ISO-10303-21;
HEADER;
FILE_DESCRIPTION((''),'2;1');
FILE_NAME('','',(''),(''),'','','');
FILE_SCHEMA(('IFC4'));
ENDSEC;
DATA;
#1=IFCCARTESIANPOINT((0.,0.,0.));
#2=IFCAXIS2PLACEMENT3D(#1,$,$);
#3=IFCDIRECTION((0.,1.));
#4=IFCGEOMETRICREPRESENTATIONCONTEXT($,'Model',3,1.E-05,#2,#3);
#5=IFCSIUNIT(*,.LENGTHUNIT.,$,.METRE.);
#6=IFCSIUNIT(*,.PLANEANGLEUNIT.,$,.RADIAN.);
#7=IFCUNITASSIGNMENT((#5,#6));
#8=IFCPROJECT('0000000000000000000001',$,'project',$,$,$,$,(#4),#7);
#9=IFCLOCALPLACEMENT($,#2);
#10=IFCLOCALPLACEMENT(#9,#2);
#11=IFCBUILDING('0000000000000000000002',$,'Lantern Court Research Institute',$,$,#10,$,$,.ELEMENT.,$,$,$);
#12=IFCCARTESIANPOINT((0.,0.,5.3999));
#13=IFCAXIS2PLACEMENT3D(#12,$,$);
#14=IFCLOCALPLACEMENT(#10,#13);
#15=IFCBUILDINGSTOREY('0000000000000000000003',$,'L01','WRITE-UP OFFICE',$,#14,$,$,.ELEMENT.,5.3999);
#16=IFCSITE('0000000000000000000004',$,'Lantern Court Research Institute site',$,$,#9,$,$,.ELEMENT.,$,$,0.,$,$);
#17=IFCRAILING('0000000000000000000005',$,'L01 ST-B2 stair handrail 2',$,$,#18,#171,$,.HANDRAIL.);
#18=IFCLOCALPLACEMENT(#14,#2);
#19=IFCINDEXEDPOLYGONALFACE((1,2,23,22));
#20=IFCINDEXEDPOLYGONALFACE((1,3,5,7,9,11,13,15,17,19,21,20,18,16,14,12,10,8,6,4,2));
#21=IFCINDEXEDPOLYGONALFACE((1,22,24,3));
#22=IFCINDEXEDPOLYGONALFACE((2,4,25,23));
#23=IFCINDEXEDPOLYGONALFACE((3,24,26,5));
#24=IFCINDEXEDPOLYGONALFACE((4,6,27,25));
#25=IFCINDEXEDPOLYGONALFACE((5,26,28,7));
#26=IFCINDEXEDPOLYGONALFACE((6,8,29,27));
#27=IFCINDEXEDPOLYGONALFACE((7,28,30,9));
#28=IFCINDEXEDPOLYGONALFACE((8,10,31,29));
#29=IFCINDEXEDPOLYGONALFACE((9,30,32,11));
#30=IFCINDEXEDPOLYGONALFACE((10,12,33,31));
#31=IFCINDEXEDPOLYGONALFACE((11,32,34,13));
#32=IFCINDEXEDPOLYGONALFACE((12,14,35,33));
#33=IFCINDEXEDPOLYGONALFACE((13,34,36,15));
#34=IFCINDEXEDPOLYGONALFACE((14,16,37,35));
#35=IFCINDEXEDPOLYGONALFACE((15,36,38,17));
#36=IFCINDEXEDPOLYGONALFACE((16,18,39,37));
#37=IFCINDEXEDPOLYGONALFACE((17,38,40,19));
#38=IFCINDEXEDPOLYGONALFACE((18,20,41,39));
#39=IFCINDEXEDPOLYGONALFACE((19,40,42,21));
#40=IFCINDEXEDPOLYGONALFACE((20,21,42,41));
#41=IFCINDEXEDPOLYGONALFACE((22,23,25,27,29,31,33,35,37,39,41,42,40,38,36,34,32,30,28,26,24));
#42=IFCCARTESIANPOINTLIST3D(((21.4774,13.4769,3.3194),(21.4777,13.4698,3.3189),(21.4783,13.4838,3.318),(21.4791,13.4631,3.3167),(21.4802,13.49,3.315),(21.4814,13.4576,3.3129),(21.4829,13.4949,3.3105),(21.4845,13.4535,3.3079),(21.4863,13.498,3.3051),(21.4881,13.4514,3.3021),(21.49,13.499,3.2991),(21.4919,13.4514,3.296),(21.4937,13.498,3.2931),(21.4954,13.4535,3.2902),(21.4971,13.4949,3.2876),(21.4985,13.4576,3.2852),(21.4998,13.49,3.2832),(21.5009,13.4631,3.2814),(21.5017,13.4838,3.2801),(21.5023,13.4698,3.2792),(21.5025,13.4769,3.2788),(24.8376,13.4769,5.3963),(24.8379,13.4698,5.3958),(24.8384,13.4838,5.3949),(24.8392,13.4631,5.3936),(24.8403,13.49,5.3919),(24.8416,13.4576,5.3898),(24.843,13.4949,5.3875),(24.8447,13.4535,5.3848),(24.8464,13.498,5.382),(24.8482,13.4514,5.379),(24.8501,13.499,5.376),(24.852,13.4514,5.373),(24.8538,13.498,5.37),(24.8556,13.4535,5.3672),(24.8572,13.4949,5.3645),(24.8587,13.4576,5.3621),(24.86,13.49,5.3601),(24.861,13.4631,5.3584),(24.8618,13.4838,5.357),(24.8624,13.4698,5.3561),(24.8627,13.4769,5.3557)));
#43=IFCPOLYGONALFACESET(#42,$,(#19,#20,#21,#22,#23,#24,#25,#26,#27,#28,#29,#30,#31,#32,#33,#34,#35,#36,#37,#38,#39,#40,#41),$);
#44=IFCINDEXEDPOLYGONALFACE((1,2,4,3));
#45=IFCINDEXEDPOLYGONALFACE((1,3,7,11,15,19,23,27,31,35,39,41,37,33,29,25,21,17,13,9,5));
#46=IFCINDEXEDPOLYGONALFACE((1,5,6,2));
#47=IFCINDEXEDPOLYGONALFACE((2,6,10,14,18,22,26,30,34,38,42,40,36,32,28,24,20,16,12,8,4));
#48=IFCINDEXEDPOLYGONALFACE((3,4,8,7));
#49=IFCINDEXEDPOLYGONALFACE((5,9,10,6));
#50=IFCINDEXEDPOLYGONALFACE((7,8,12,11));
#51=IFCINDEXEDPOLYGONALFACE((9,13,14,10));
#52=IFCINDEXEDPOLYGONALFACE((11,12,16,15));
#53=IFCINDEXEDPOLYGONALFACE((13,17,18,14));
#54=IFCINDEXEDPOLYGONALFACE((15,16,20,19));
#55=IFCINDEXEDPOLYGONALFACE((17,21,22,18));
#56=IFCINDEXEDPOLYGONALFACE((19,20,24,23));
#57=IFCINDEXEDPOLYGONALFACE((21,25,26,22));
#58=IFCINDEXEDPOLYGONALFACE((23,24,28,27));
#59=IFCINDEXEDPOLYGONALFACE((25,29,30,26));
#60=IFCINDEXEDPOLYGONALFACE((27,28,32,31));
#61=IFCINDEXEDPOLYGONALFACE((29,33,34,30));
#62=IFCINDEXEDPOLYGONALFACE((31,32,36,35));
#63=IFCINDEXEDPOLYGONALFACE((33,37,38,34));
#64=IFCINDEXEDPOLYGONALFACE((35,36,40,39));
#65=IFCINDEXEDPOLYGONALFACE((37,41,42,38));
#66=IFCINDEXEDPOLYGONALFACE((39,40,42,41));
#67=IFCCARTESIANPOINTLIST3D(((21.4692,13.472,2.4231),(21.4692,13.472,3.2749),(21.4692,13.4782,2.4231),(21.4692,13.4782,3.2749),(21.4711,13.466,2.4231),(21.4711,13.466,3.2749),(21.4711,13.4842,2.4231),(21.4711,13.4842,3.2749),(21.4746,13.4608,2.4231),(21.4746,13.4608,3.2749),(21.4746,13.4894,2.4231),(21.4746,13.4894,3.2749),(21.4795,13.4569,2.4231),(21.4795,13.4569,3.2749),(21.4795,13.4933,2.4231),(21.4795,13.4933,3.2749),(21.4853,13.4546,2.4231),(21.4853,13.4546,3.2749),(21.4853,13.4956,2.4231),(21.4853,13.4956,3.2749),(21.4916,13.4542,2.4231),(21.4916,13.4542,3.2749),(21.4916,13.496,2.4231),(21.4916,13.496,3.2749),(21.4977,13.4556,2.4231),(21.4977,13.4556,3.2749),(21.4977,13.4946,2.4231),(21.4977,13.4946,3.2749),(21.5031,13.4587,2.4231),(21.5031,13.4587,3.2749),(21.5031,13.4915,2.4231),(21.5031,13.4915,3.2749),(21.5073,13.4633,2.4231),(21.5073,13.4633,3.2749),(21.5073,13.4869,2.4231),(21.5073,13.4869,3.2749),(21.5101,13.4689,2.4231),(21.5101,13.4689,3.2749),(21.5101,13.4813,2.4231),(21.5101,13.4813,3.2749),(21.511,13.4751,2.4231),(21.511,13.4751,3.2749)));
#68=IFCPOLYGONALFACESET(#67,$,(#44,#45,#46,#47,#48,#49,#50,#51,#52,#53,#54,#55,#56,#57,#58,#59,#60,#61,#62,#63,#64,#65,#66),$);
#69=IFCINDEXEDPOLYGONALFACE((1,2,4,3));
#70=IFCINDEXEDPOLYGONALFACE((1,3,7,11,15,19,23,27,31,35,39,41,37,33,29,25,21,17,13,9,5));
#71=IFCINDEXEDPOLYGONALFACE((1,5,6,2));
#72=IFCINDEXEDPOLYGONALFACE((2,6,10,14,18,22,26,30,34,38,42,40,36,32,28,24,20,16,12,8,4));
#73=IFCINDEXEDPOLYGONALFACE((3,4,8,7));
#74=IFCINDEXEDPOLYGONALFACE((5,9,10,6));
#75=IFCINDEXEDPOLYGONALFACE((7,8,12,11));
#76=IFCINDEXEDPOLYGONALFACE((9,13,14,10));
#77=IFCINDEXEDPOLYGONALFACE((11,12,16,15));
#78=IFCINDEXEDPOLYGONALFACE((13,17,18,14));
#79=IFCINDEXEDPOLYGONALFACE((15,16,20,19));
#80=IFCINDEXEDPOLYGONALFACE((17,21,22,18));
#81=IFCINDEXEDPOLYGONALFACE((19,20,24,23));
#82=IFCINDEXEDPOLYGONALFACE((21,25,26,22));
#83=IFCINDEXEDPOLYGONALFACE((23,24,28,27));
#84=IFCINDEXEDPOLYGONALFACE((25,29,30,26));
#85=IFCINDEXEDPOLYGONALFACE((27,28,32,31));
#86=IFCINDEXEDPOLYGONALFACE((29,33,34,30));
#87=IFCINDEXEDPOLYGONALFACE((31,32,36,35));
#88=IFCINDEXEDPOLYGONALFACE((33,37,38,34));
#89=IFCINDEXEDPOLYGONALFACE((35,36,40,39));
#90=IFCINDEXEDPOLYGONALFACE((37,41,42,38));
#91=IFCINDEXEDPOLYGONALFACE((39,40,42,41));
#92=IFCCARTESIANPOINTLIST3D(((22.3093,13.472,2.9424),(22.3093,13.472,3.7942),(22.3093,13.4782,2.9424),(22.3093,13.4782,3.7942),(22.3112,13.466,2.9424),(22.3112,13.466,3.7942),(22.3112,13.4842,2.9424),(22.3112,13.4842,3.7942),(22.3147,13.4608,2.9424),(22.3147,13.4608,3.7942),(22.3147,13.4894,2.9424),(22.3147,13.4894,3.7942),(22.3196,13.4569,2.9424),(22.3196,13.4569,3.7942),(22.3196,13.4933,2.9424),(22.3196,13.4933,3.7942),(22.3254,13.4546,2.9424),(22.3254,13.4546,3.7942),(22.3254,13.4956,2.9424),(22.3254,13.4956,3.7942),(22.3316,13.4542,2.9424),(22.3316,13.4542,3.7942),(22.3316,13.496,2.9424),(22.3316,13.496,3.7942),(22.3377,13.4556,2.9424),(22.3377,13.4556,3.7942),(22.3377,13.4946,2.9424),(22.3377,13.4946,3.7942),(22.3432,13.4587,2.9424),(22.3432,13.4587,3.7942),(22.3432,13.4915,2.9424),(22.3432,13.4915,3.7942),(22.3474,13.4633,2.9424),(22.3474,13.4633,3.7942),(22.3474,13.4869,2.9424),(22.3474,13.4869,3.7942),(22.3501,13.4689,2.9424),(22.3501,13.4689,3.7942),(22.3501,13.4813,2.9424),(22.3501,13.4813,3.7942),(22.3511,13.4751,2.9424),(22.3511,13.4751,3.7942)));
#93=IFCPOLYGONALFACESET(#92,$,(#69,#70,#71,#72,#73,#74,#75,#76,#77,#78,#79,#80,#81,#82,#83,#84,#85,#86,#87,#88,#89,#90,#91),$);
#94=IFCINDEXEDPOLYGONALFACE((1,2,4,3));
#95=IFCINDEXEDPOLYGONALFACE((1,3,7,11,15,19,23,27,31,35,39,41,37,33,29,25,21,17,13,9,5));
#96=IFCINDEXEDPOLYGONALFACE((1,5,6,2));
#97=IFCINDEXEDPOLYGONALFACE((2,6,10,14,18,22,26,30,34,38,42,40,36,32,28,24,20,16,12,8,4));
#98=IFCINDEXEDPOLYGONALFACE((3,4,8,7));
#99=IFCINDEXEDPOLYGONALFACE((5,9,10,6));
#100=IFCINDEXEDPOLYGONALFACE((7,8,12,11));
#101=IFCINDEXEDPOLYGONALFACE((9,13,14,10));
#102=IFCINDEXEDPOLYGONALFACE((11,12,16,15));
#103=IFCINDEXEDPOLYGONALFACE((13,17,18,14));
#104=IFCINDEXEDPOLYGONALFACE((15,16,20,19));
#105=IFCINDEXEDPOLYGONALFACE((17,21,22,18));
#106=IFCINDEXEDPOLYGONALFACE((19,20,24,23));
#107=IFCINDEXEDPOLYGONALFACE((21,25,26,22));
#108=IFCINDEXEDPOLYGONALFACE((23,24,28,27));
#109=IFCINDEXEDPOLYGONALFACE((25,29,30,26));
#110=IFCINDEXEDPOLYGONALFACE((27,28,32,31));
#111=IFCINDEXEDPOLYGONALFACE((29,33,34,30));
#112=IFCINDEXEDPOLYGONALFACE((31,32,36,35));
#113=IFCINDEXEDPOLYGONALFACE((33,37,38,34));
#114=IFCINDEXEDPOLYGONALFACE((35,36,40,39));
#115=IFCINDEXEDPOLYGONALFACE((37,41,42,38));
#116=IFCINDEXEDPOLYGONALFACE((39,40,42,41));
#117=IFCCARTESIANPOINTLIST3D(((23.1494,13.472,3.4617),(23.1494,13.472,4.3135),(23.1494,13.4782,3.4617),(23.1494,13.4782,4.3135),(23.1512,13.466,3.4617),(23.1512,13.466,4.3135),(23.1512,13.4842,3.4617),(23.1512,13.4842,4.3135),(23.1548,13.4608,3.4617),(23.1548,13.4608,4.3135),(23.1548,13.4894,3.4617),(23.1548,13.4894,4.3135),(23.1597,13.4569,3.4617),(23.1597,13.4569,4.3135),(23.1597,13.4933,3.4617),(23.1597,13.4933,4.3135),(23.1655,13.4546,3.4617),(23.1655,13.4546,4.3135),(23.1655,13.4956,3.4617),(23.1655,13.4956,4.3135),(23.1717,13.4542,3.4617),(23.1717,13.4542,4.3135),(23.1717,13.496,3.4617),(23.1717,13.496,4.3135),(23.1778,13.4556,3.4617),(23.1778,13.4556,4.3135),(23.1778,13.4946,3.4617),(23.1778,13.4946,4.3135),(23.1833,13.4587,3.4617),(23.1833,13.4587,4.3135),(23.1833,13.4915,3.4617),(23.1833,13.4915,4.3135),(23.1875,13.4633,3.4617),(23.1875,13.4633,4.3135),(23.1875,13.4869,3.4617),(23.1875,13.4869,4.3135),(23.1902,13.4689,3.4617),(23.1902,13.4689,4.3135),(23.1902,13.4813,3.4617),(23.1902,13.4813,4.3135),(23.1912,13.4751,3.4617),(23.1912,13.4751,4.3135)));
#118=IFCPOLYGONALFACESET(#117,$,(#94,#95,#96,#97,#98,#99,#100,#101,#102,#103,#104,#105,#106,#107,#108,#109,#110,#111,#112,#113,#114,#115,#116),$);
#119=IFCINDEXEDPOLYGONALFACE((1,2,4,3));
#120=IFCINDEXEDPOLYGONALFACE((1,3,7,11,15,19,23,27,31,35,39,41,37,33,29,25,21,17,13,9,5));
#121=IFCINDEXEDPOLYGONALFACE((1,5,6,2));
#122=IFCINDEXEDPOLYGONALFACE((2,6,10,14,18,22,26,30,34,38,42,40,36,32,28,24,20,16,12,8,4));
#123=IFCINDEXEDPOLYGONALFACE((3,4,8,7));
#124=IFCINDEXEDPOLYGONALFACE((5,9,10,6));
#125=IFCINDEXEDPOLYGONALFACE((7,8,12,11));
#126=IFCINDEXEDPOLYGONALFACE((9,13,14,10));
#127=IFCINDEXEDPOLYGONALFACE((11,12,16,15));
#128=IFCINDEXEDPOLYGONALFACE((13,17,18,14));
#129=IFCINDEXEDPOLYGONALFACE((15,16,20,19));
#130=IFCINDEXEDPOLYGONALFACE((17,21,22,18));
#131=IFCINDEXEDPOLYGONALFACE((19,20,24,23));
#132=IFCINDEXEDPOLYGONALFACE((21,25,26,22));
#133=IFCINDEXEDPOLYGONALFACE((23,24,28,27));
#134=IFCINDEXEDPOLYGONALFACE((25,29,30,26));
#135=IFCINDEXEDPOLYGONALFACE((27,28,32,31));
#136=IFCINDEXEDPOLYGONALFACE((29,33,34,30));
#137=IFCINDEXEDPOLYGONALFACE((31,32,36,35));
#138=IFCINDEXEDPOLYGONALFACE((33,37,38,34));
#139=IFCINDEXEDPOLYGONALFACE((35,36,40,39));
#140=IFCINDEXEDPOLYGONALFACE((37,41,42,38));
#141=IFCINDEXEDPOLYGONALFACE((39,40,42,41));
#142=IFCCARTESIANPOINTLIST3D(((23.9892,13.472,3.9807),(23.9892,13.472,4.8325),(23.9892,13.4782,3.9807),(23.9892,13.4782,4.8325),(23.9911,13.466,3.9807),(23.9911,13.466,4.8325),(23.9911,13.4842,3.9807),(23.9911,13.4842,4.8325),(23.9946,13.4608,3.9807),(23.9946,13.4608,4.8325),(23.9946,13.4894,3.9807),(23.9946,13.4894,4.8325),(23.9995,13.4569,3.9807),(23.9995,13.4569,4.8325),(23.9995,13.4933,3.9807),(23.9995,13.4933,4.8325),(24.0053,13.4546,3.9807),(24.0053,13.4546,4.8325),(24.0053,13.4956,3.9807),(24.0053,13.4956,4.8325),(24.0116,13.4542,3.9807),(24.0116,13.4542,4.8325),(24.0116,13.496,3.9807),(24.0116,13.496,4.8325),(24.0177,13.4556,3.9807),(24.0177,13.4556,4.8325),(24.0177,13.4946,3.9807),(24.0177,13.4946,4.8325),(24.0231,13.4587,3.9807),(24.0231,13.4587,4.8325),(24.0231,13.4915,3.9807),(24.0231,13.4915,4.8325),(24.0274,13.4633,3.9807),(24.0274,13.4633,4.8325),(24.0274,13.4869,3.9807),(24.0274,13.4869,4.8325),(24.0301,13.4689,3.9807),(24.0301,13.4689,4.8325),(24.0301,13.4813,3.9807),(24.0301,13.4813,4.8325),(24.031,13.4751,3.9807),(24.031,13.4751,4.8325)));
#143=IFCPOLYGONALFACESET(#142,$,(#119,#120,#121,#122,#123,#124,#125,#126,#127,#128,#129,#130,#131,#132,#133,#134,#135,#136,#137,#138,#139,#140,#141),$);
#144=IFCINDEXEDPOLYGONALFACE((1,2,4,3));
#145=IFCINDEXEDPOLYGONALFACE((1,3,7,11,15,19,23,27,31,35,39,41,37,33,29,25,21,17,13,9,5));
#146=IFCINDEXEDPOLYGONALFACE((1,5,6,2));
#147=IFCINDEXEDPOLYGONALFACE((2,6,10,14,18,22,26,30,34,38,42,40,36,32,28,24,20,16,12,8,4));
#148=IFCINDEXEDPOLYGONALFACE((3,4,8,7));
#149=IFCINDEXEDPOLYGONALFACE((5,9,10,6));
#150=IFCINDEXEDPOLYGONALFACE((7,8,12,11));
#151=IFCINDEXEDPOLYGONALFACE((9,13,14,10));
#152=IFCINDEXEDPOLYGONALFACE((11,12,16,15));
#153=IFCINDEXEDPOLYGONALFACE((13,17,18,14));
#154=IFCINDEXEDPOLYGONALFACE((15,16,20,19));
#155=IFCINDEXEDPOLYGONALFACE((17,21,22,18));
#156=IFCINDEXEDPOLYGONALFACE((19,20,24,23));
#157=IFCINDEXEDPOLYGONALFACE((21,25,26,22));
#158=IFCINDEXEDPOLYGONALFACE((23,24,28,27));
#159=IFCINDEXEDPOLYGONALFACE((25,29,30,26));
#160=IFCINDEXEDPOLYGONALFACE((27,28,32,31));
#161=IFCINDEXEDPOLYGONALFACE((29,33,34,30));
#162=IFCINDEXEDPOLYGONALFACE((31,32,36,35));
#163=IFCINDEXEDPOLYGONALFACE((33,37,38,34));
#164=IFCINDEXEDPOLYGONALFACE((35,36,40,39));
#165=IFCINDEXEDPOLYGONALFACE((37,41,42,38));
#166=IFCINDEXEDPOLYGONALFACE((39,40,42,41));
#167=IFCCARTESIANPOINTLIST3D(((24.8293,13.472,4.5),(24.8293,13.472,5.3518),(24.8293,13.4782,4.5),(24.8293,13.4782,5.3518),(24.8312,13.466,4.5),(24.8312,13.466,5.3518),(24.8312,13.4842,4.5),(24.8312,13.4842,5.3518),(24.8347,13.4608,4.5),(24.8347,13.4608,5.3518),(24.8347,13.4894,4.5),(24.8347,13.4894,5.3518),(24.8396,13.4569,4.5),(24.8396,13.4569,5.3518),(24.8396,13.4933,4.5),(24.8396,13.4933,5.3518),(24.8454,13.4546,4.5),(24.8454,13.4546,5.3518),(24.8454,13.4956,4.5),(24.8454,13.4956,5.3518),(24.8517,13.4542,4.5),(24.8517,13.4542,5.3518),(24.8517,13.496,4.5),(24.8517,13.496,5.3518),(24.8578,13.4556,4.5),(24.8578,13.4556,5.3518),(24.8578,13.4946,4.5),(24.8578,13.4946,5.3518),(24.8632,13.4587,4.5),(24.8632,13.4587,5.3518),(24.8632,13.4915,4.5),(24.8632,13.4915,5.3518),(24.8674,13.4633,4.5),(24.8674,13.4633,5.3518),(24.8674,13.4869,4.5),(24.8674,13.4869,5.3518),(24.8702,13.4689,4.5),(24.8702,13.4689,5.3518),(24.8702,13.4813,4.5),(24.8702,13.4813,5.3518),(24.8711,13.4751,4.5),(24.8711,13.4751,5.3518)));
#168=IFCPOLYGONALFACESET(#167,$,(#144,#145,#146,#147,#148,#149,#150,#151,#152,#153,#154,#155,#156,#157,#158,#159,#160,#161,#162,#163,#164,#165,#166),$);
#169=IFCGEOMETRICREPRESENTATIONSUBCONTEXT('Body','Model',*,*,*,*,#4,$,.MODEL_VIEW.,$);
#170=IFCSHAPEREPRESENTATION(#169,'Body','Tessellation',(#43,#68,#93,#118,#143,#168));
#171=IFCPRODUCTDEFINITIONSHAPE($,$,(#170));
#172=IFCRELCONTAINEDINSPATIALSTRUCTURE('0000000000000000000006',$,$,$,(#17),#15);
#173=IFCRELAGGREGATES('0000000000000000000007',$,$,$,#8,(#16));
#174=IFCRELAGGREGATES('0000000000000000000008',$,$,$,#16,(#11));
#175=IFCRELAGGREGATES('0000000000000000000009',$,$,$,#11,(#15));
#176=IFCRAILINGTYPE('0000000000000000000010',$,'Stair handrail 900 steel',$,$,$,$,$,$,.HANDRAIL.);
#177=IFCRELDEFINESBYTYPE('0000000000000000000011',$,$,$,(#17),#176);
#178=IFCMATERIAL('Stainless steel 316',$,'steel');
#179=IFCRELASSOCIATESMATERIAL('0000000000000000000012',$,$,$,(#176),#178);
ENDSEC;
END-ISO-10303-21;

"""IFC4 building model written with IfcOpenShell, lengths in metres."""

from ifc_helpers import new_model, si_unit, direction, frame, origin, origin_2d, place, context, subcontext, project, spatial, circle, extrude, material, type_object, element, save


model = new_model("IFC4")

# Units and contexts
model_context = context("Model", 3, precision=1e-05, world=origin(), true_north=direction((0.0, 1.0)))
body_context = subcontext(model_context, "Body", "Model", "MODEL_VIEW")
ifc_project = project(units=[si_unit("LENGTHUNIT", "METRE"), si_unit("PLANEANGLEUNIT", "RADIAN")], contexts=[model_context])

# Site, building, storey
site_placement = place(None, origin())
site = spatial("IfcSite", under=ifc_project, at=site_placement, Name="Lantern Court Research Institute site", CompositionType="ELEMENT", RefElevation=0.0)
building_placement = place(site_placement, origin())
building = spatial("IfcBuilding", under=site, at=building_placement, Name="Lantern Court Research Institute", CompositionType="ELEMENT")
storey_placement = place(building_placement, frame((0.0, 0.0, 5.3999)))
storey = spatial("IfcBuildingStorey", under=building, at=storey_placement, Name="L01", Description="WRITE-UP OFFICE", CompositionType="ELEMENT", Elevation=5.3999)

# Railing
ifc_material_1 = material(Name="Stainless steel 316", Category="steel")
railing_type_1 = type_object("IfcRailingType", Name="Stair handrail 900 steel", PredefinedType="HANDRAIL", material=ifc_material_1)
railing_1_placement = place(storey_placement, frame((21.49, 13.4751, 2.4231)))
element("IfcRailing", 1, at=railing_1_placement, inside=storey, type_object=railing_type_1, Name="L01 ST-B2 stair handrail 2", PredefinedType="HANDRAIL", context=body_context, shape_type="SweptSolid", body=[
    extrude(circle(Radius=0.0239, at=origin_2d()), frame((0.0, 0.0, 0.876), z_axis=(0.850623, 0.0, 0.525776), x_axis=(0.0, 1.0, 0.0)), (0.0, 0.0, 1.0), 3.9502),
    extrude(circle(Radius=0.021, at=origin_2d()), origin(), (0.0, 0.0, 1.0), 0.8518),
    extrude(circle(Radius=0.021, at=origin_2d()), frame((0.8401, 0.0, 0.5193)), (0.0, 0.0, 1.0), 0.8518),
    extrude(circle(Radius=0.021, at=origin_2d()), frame((1.6802, 0.0, 1.0386)), (0.0, 0.0, 1.0), 0.8518),
    extrude(circle(Radius=0.021, at=origin_2d()), frame((2.52, 0.0, 1.5576)), (0.0, 0.0, 1.0), 0.8518),
    extrude(circle(Radius=0.021, at=origin_2d()), frame((3.3601, 0.0, 2.0769)), (0.0, 0.0, 1.0), 0.8518),
])

save(model, "model.ifc")
